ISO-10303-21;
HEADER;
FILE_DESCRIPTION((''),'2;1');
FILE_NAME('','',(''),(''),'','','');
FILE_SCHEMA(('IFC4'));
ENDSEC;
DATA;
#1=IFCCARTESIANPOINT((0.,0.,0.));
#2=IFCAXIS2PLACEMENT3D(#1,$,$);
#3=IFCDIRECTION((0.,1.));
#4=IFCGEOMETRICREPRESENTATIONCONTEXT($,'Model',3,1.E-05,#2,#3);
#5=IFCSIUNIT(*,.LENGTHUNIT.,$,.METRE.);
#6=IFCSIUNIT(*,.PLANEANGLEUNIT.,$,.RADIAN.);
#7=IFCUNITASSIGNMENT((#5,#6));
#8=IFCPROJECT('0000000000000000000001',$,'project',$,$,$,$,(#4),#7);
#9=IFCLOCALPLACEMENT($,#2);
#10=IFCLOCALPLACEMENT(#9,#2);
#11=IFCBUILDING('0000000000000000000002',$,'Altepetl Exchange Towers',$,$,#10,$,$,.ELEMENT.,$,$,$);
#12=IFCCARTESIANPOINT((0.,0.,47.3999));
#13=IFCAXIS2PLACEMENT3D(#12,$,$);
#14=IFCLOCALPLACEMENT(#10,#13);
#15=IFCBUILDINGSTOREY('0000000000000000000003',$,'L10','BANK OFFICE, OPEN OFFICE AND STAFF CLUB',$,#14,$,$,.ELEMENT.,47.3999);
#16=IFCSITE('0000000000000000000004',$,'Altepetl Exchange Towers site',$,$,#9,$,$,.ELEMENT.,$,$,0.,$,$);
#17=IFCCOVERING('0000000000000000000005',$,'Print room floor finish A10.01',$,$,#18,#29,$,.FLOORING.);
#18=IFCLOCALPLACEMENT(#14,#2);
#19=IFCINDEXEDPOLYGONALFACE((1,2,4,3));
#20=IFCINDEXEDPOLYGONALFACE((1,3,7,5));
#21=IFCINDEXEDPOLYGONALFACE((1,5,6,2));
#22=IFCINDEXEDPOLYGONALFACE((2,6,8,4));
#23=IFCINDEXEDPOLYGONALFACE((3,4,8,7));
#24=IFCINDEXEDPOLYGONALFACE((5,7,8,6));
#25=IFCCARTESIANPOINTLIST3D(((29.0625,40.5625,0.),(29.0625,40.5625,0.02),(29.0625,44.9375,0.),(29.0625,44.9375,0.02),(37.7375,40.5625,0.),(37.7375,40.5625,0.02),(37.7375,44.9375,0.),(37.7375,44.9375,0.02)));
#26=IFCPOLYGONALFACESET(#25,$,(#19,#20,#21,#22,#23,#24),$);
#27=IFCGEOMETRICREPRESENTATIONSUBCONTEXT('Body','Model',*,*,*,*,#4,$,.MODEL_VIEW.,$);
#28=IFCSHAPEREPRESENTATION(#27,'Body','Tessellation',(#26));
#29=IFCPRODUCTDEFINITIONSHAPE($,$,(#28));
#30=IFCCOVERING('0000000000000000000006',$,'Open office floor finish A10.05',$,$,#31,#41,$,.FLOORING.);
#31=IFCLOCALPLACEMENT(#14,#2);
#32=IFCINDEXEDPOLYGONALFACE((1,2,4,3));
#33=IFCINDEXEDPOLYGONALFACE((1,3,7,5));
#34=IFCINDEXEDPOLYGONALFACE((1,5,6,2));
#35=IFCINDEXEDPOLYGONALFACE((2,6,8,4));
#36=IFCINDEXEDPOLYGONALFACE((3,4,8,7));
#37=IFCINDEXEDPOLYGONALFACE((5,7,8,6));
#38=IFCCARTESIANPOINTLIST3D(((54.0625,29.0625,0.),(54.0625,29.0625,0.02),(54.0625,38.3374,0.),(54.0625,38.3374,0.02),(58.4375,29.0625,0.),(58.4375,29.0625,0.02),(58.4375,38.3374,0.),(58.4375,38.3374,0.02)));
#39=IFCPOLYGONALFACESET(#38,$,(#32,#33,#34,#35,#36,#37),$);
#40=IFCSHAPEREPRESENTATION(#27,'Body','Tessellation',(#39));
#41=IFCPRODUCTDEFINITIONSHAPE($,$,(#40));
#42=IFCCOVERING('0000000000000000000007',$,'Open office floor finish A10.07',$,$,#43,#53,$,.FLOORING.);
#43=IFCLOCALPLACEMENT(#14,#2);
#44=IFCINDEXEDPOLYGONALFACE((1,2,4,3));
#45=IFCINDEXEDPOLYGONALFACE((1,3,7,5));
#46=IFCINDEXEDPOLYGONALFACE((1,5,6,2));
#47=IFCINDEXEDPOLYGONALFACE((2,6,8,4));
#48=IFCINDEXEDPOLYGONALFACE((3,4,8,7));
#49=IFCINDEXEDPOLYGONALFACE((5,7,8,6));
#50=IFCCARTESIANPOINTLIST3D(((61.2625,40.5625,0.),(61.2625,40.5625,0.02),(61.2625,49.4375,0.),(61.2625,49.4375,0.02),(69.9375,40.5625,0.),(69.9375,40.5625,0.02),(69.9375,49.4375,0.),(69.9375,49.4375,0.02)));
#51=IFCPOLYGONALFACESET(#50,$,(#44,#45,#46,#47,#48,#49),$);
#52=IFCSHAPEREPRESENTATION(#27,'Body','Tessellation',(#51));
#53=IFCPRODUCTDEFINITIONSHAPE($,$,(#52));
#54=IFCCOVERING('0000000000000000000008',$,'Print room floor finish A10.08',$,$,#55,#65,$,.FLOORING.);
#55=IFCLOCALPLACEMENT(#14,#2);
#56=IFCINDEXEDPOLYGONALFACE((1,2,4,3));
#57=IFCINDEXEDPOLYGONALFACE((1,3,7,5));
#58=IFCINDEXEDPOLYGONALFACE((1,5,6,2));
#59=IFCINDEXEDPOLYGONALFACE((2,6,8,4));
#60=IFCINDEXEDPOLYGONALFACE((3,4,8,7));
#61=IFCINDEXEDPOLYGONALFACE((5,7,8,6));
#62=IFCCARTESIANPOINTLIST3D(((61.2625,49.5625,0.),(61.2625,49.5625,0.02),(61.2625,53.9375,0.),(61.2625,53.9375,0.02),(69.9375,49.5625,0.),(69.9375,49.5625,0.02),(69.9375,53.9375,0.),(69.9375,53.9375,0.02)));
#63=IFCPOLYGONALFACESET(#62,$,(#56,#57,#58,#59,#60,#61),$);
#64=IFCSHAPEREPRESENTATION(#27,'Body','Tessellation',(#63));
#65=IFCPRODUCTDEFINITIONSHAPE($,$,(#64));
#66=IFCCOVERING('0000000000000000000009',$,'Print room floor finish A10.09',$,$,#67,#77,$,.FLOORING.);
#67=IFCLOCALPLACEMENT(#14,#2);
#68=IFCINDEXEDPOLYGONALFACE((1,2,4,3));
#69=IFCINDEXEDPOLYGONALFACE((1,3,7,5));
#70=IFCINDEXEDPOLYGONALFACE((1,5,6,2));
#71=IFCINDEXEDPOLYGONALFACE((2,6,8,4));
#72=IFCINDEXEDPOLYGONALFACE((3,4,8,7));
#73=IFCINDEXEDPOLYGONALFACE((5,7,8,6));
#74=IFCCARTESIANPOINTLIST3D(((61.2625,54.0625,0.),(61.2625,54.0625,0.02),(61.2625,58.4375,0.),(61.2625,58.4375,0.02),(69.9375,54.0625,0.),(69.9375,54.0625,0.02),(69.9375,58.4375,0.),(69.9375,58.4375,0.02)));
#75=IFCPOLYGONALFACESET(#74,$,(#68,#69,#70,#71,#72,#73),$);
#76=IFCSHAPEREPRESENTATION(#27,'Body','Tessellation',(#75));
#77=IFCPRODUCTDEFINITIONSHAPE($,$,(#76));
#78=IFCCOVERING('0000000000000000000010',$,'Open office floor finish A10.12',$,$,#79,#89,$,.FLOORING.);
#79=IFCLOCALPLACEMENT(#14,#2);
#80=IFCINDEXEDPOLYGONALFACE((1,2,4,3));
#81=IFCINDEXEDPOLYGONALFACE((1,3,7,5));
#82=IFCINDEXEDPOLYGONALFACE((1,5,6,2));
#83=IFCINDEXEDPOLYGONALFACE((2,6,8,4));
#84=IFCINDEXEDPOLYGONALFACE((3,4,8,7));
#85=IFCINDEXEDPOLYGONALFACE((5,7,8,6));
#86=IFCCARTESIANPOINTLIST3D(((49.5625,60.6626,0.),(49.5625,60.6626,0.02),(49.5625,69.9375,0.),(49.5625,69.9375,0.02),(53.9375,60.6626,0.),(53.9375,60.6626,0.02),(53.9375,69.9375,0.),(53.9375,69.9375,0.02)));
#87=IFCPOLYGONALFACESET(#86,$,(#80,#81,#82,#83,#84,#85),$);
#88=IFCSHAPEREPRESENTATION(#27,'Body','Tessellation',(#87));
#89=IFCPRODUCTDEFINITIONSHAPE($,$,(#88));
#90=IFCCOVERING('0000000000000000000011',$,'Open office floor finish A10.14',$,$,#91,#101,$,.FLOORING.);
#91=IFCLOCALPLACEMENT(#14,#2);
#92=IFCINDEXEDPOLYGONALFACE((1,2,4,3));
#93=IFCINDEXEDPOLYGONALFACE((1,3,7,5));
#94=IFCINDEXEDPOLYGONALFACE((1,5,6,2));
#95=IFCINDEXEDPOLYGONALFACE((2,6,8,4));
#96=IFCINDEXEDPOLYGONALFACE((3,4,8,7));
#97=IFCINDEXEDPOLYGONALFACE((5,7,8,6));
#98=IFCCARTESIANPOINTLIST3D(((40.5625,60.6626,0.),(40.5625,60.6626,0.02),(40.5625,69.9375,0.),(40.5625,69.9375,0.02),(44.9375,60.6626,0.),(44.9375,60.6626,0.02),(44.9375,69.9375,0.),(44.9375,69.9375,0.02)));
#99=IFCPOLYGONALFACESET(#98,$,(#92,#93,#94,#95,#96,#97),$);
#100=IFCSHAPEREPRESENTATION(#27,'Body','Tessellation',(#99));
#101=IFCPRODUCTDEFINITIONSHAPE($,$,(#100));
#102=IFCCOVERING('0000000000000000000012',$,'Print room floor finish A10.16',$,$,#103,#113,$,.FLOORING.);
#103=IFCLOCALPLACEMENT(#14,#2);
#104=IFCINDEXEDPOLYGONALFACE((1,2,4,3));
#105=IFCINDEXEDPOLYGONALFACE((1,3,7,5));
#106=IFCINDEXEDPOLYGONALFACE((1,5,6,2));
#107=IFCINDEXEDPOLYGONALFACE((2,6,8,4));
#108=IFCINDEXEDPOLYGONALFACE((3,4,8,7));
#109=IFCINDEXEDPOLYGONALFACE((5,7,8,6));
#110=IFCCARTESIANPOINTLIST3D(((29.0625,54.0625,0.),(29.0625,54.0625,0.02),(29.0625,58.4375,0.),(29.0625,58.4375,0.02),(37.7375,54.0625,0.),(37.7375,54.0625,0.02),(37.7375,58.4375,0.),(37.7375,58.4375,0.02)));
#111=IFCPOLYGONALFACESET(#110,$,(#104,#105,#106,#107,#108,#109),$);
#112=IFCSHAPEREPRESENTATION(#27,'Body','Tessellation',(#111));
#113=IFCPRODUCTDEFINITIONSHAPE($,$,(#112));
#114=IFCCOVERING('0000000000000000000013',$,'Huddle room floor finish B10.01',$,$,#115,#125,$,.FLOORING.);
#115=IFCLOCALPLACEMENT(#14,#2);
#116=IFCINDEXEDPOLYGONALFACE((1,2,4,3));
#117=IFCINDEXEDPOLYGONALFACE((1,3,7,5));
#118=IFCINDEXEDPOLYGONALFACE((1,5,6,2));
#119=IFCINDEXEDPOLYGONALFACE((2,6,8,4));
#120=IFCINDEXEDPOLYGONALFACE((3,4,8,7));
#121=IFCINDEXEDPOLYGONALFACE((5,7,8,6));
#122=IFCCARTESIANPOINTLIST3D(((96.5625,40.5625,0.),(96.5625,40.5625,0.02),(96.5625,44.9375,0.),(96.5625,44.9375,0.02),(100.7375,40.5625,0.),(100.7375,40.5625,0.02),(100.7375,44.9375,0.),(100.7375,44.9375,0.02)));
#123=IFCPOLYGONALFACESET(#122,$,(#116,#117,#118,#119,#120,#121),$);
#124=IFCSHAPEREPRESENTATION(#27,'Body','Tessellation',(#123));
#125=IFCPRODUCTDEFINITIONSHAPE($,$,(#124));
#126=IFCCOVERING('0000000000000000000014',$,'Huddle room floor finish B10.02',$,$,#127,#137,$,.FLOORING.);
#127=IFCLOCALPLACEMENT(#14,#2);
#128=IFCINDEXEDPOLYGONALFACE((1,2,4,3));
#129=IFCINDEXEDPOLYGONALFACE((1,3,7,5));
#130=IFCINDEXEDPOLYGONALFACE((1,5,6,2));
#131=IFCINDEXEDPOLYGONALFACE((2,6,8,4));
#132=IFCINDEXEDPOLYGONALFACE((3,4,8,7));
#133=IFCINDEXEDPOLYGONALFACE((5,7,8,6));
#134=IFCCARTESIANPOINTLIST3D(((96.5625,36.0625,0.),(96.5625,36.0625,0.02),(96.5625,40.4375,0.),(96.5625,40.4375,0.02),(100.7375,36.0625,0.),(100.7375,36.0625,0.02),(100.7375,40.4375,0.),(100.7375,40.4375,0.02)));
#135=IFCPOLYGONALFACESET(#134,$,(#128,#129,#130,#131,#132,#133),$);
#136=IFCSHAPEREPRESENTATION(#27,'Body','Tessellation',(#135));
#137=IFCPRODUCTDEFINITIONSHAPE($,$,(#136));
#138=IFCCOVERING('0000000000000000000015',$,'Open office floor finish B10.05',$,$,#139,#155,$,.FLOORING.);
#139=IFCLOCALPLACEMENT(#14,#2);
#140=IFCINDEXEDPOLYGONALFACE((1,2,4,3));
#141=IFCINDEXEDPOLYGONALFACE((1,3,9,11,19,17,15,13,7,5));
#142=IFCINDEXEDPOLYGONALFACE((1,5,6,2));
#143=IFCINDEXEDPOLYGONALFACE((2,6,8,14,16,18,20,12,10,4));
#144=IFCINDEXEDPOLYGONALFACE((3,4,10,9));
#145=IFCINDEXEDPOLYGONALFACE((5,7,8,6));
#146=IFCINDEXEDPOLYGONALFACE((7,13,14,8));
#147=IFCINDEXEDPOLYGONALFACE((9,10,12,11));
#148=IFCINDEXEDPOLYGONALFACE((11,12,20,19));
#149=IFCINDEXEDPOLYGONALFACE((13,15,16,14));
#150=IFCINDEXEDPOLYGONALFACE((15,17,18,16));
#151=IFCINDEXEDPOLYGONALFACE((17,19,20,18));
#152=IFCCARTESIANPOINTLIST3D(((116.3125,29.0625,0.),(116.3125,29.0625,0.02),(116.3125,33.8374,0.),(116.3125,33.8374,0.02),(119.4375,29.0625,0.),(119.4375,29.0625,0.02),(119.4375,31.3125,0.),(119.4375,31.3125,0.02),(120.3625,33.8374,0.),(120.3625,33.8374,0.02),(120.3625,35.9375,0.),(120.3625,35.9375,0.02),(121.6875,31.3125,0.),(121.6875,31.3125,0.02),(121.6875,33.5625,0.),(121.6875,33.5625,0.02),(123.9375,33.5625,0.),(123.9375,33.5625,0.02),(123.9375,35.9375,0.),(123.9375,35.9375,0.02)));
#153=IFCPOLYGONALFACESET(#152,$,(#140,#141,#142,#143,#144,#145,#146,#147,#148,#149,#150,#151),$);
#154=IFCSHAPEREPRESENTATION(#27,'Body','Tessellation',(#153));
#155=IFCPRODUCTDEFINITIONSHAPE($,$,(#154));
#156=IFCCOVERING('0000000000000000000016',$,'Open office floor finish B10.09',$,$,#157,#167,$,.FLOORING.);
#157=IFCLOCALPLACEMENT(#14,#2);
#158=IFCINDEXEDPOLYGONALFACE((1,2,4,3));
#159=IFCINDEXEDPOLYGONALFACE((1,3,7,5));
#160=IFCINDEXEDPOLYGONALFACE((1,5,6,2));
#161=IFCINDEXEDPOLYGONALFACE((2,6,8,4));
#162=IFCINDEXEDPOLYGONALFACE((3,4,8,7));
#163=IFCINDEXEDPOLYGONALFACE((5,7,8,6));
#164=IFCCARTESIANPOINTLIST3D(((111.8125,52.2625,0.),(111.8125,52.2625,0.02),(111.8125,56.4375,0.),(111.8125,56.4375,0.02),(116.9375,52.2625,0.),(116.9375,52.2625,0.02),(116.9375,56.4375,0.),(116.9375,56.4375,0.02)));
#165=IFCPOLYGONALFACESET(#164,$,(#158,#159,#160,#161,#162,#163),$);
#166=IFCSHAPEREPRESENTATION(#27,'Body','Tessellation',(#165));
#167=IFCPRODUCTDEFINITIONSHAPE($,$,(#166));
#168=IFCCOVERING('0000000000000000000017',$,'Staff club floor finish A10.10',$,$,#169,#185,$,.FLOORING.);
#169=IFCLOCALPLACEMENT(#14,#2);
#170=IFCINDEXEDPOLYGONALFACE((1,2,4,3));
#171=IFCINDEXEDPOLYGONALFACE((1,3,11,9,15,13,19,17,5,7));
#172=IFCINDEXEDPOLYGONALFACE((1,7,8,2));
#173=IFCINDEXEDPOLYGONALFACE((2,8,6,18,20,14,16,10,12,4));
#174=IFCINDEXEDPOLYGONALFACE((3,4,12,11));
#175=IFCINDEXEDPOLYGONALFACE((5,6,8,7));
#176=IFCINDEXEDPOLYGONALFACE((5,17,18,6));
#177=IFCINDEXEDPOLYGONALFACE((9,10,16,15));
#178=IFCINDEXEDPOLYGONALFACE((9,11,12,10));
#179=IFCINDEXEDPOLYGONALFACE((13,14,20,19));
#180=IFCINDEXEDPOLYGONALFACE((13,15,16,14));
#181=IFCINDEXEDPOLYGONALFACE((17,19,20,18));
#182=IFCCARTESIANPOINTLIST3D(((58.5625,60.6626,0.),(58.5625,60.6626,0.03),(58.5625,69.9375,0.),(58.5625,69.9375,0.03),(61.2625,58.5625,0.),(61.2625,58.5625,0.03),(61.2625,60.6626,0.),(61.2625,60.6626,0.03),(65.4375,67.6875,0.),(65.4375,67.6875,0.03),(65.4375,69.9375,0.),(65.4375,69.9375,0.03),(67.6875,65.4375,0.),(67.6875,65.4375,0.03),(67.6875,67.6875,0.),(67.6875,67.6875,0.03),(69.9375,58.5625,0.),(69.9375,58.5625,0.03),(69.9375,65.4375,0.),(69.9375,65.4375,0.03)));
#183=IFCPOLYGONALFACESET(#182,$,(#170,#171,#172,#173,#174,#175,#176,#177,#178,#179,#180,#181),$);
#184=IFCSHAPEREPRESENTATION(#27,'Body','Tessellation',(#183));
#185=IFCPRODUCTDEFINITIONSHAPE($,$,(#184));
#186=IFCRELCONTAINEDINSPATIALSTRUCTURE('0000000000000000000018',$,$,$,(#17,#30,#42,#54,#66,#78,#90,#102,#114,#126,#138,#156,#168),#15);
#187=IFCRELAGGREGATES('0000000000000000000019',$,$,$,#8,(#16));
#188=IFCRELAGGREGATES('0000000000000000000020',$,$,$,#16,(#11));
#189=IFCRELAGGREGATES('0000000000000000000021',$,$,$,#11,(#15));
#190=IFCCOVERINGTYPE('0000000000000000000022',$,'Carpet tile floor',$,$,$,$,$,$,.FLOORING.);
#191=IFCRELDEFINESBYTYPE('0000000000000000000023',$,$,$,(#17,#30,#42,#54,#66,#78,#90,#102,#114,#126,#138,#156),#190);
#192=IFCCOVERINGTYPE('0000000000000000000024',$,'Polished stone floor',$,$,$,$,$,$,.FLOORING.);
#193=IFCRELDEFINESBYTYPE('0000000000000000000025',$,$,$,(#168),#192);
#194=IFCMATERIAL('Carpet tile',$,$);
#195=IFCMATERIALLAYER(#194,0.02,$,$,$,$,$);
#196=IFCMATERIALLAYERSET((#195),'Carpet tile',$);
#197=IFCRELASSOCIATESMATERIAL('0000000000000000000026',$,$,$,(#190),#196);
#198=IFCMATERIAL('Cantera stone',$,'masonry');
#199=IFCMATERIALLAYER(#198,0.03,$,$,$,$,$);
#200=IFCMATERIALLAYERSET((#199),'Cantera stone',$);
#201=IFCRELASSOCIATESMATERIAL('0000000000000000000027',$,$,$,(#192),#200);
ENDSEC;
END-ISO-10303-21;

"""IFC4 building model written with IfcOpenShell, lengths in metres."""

from ifc_helpers import new_model, si_unit, direction, frame, origin, place, context, subcontext, project, spatial, polyline, outline, extrude, material, layer, layer_set, type_object, element, save


model = new_model("IFC4")

# Units and contexts
model_context = context("Model", 3, precision=1e-05, world=origin(), true_north=direction((0.0, 1.0)))
body_context = subcontext(model_context, "Body", "Model", "MODEL_VIEW")
ifc_project = project(units=[si_unit("LENGTHUNIT", "METRE"), si_unit("PLANEANGLEUNIT", "RADIAN")], contexts=[model_context])

# Site, building, storey
site_placement = place(None, origin())
site = spatial("IfcSite", under=ifc_project, at=site_placement, Name="Altepetl Exchange Towers site", CompositionType="ELEMENT", RefElevation=0.0)
building_placement = place(site_placement, origin())
building = spatial("IfcBuilding", under=site, at=building_placement, Name="Altepetl Exchange Towers", CompositionType="ELEMENT")
storey_placement = place(building_placement, frame((0.0, 0.0, 47.3999)))
storey = spatial("IfcBuildingStorey", under=building, at=storey_placement, Name="L10", Description="BANK OFFICE, OPEN OFFICE AND STAFF CLUB", CompositionType="ELEMENT", Elevation=47.3999)

# Coverings
ifc_material_1 = material(Name="Carpet tile")
ifc_layer_1 = layer(ifc_material_1, 0.02)
ifc_layer_set_1 = layer_set([ifc_layer_1], Name="Carpet tile")
covering_type_1 = type_object("IfcCoveringType", Name="Carpet tile floor", PredefinedType="FLOORING", material=ifc_layer_set_1)
covering_1_placement = place(storey_placement, origin())
element("IfcCovering", 1, at=covering_1_placement, inside=storey, type_object=covering_type_1, Name="Print room floor finish A10.01", PredefinedType="FLOORING", context=body_context, shape_type="SweptSolid", body=[
    extrude(outline(polyline([(37.7375, 44.9375), (29.0625, 44.9375), (29.0625, 40.5625), (37.7375, 40.5625), (37.7375, 44.9375)])), origin(), (0.0, 0.0, 1.0), 0.02),
])
covering_2_placement = place(storey_placement, origin())
element("IfcCovering", 2, at=covering_2_placement, inside=storey, type_object=covering_type_1, Name="Open office floor finish A10.05", PredefinedType="FLOORING", context=body_context, shape_type="SweptSolid", body=[
    extrude(outline(polyline([(58.4375, 29.0625), (58.4375, 38.3374), (54.0625, 38.3374), (54.0625, 29.0625), (58.4375, 29.0625)])), origin(), (0.0, 0.0, 1.0), 0.02),
])
covering_3_placement = place(storey_placement, origin())
element("IfcCovering", 3, at=covering_3_placement, inside=storey, type_object=covering_type_1, Name="Open office floor finish A10.07", PredefinedType="FLOORING", context=body_context, shape_type="SweptSolid", body=[
    extrude(outline(polyline([(69.9375, 49.4375), (61.2625, 49.4375), (61.2625, 40.5625), (69.9375, 40.5625), (69.9375, 49.4375)])), origin(), (0.0, 0.0, 1.0), 0.02),
])
covering_4_placement = place(storey_placement, origin())
element("IfcCovering", 4, at=covering_4_placement, inside=storey, type_object=covering_type_1, Name="Print room floor finish A10.08", PredefinedType="FLOORING", context=body_context, shape_type="SweptSolid", body=[
    extrude(outline(polyline([(69.9375, 53.9375), (61.2625, 53.9375), (61.2625, 49.5625), (69.9375, 49.5625), (69.9375, 53.9375)])), origin(), (0.0, 0.0, 1.0), 0.02),
])
covering_5_placement = place(storey_placement, origin())
element("IfcCovering", 5, at=covering_5_placement, inside=storey, type_object=covering_type_1, Name="Print room floor finish A10.09", PredefinedType="FLOORING", context=body_context, shape_type="SweptSolid", body=[
    extrude(outline(polyline([(69.9375, 58.4375), (61.2625, 58.4375), (61.2625, 54.0625), (69.9375, 54.0625), (69.9375, 58.4375)])), origin(), (0.0, 0.0, 1.0), 0.02),
])
covering_6_placement = place(storey_placement, origin())
element("IfcCovering", 6, at=covering_6_placement, inside=storey, type_object=covering_type_1, Name="Open office floor finish A10.12", PredefinedType="FLOORING", context=body_context, shape_type="SweptSolid", body=[
    extrude(outline(polyline([(49.5625, 69.9375), (49.5625, 60.6626), (53.9375, 60.6626), (53.9375, 69.9375), (49.5625, 69.9375)])), origin(), (0.0, 0.0, 1.0), 0.02),
])
covering_7_placement = place(storey_placement, origin())
element("IfcCovering", 7, at=covering_7_placement, inside=storey, type_object=covering_type_1, Name="Open office floor finish A10.14", PredefinedType="FLOORING", context=body_context, shape_type="SweptSolid", body=[
    extrude(outline(polyline([(40.5625, 69.9375), (40.5625, 60.6626), (44.9375, 60.6626), (44.9375, 69.9375), (40.5625, 69.9375)])), origin(), (0.0, 0.0, 1.0), 0.02),
])
covering_8_placement = place(storey_placement, origin())
element("IfcCovering", 8, at=covering_8_placement, inside=storey, type_object=covering_type_1, Name="Print room floor finish A10.16", PredefinedType="FLOORING", context=body_context, shape_type="SweptSolid", body=[
    extrude(outline(polyline([(37.7375, 58.4375), (29.0625, 58.4375), (29.0625, 54.0625), (37.7375, 54.0625), (37.7375, 58.4375)])), origin(), (0.0, 0.0, 1.0), 0.02),
])
covering_9_placement = place(storey_placement, origin())
element("IfcCovering", 9, at=covering_9_placement, inside=storey, type_object=covering_type_1, Name="Huddle room floor finish B10.01", PredefinedType="FLOORING", context=body_context, shape_type="SweptSolid", body=[
    extrude(outline(polyline([(100.7375, 44.9375), (96.5625, 44.9375), (96.5625, 40.5625), (100.7375, 40.5625), (100.7375, 44.9375)])), origin(), (0.0, 0.0, 1.0), 0.02),
])
covering_10_placement = place(storey_placement, origin())
element("IfcCovering", 10, at=covering_10_placement, inside=storey, type_object=covering_type_1, Name="Huddle room floor finish B10.02", PredefinedType="FLOORING", context=body_context, shape_type="SweptSolid", body=[
    extrude(outline(polyline([(100.7375, 40.4375), (96.5625, 40.4375), (96.5625, 36.0625), (100.7375, 36.0625), (100.7375, 40.4375)])), origin(), (0.0, 0.0, 1.0), 0.02),
])
covering_11_placement = place(storey_placement, origin())
element("IfcCovering", 11, at=covering_11_placement, inside=storey, type_object=covering_type_1, Name="Open office floor finish B10.05", PredefinedType="FLOORING", context=body_context, shape_type="SweptSolid", body=[
    extrude(outline(polyline([(116.3125, 33.8374), (116.3125, 29.0625), (119.4375, 29.0625), (119.4375, 31.3125), (121.6875, 31.3125), (121.6875, 33.5625), (123.9375, 33.5625), (123.9375, 35.9375), (120.3625, 35.9375), (120.3625, 33.8374), (116.3125, 33.8374)])), origin(), (0.0, 0.0, 1.0), 0.02),
])
covering_12_placement = place(storey_placement, origin())
element("IfcCovering", 12, at=covering_12_placement, inside=storey, type_object=covering_type_1, Name="Open office floor finish B10.09", PredefinedType="FLOORING", context=body_context, shape_type="SweptSolid", body=[
    extrude(outline(polyline([(111.8125, 52.2625), (116.9375, 52.2625), (116.9375, 56.4375), (111.8125, 56.4375), (111.8125, 52.2625)])), origin(), (0.0, 0.0, 1.0), 0.02),
])
ifc_material_2 = material(Name="Cantera stone", Category="masonry")
ifc_layer_2 = layer(ifc_material_2, 0.03)
ifc_layer_set_2 = layer_set([ifc_layer_2], Name="Cantera stone")
covering_type_2 = type_object("IfcCoveringType", Name="Polished stone floor", PredefinedType="FLOORING", material=ifc_layer_set_2)
covering_13_placement = place(storey_placement, origin())
element("IfcCovering", 13, at=covering_13_placement, inside=storey, type_object=covering_type_2, Name="Staff club floor finish A10.10", PredefinedType="FLOORING", context=body_context, shape_type="SweptSolid", body=[
    extrude(outline(polyline([(65.4375, 69.9375), (58.5625, 69.9375), (58.5625, 60.6626), (61.2625, 60.6626), (61.2625, 58.5625), (69.9375, 58.5625), (69.9375, 65.4375), (67.6875, 65.4375), (67.6875, 67.6875), (65.4375, 67.6875), (65.4375, 69.9375)])), origin(), (0.0, 0.0, 1.0), 0.03),
])

save(model, "model.ifc")
